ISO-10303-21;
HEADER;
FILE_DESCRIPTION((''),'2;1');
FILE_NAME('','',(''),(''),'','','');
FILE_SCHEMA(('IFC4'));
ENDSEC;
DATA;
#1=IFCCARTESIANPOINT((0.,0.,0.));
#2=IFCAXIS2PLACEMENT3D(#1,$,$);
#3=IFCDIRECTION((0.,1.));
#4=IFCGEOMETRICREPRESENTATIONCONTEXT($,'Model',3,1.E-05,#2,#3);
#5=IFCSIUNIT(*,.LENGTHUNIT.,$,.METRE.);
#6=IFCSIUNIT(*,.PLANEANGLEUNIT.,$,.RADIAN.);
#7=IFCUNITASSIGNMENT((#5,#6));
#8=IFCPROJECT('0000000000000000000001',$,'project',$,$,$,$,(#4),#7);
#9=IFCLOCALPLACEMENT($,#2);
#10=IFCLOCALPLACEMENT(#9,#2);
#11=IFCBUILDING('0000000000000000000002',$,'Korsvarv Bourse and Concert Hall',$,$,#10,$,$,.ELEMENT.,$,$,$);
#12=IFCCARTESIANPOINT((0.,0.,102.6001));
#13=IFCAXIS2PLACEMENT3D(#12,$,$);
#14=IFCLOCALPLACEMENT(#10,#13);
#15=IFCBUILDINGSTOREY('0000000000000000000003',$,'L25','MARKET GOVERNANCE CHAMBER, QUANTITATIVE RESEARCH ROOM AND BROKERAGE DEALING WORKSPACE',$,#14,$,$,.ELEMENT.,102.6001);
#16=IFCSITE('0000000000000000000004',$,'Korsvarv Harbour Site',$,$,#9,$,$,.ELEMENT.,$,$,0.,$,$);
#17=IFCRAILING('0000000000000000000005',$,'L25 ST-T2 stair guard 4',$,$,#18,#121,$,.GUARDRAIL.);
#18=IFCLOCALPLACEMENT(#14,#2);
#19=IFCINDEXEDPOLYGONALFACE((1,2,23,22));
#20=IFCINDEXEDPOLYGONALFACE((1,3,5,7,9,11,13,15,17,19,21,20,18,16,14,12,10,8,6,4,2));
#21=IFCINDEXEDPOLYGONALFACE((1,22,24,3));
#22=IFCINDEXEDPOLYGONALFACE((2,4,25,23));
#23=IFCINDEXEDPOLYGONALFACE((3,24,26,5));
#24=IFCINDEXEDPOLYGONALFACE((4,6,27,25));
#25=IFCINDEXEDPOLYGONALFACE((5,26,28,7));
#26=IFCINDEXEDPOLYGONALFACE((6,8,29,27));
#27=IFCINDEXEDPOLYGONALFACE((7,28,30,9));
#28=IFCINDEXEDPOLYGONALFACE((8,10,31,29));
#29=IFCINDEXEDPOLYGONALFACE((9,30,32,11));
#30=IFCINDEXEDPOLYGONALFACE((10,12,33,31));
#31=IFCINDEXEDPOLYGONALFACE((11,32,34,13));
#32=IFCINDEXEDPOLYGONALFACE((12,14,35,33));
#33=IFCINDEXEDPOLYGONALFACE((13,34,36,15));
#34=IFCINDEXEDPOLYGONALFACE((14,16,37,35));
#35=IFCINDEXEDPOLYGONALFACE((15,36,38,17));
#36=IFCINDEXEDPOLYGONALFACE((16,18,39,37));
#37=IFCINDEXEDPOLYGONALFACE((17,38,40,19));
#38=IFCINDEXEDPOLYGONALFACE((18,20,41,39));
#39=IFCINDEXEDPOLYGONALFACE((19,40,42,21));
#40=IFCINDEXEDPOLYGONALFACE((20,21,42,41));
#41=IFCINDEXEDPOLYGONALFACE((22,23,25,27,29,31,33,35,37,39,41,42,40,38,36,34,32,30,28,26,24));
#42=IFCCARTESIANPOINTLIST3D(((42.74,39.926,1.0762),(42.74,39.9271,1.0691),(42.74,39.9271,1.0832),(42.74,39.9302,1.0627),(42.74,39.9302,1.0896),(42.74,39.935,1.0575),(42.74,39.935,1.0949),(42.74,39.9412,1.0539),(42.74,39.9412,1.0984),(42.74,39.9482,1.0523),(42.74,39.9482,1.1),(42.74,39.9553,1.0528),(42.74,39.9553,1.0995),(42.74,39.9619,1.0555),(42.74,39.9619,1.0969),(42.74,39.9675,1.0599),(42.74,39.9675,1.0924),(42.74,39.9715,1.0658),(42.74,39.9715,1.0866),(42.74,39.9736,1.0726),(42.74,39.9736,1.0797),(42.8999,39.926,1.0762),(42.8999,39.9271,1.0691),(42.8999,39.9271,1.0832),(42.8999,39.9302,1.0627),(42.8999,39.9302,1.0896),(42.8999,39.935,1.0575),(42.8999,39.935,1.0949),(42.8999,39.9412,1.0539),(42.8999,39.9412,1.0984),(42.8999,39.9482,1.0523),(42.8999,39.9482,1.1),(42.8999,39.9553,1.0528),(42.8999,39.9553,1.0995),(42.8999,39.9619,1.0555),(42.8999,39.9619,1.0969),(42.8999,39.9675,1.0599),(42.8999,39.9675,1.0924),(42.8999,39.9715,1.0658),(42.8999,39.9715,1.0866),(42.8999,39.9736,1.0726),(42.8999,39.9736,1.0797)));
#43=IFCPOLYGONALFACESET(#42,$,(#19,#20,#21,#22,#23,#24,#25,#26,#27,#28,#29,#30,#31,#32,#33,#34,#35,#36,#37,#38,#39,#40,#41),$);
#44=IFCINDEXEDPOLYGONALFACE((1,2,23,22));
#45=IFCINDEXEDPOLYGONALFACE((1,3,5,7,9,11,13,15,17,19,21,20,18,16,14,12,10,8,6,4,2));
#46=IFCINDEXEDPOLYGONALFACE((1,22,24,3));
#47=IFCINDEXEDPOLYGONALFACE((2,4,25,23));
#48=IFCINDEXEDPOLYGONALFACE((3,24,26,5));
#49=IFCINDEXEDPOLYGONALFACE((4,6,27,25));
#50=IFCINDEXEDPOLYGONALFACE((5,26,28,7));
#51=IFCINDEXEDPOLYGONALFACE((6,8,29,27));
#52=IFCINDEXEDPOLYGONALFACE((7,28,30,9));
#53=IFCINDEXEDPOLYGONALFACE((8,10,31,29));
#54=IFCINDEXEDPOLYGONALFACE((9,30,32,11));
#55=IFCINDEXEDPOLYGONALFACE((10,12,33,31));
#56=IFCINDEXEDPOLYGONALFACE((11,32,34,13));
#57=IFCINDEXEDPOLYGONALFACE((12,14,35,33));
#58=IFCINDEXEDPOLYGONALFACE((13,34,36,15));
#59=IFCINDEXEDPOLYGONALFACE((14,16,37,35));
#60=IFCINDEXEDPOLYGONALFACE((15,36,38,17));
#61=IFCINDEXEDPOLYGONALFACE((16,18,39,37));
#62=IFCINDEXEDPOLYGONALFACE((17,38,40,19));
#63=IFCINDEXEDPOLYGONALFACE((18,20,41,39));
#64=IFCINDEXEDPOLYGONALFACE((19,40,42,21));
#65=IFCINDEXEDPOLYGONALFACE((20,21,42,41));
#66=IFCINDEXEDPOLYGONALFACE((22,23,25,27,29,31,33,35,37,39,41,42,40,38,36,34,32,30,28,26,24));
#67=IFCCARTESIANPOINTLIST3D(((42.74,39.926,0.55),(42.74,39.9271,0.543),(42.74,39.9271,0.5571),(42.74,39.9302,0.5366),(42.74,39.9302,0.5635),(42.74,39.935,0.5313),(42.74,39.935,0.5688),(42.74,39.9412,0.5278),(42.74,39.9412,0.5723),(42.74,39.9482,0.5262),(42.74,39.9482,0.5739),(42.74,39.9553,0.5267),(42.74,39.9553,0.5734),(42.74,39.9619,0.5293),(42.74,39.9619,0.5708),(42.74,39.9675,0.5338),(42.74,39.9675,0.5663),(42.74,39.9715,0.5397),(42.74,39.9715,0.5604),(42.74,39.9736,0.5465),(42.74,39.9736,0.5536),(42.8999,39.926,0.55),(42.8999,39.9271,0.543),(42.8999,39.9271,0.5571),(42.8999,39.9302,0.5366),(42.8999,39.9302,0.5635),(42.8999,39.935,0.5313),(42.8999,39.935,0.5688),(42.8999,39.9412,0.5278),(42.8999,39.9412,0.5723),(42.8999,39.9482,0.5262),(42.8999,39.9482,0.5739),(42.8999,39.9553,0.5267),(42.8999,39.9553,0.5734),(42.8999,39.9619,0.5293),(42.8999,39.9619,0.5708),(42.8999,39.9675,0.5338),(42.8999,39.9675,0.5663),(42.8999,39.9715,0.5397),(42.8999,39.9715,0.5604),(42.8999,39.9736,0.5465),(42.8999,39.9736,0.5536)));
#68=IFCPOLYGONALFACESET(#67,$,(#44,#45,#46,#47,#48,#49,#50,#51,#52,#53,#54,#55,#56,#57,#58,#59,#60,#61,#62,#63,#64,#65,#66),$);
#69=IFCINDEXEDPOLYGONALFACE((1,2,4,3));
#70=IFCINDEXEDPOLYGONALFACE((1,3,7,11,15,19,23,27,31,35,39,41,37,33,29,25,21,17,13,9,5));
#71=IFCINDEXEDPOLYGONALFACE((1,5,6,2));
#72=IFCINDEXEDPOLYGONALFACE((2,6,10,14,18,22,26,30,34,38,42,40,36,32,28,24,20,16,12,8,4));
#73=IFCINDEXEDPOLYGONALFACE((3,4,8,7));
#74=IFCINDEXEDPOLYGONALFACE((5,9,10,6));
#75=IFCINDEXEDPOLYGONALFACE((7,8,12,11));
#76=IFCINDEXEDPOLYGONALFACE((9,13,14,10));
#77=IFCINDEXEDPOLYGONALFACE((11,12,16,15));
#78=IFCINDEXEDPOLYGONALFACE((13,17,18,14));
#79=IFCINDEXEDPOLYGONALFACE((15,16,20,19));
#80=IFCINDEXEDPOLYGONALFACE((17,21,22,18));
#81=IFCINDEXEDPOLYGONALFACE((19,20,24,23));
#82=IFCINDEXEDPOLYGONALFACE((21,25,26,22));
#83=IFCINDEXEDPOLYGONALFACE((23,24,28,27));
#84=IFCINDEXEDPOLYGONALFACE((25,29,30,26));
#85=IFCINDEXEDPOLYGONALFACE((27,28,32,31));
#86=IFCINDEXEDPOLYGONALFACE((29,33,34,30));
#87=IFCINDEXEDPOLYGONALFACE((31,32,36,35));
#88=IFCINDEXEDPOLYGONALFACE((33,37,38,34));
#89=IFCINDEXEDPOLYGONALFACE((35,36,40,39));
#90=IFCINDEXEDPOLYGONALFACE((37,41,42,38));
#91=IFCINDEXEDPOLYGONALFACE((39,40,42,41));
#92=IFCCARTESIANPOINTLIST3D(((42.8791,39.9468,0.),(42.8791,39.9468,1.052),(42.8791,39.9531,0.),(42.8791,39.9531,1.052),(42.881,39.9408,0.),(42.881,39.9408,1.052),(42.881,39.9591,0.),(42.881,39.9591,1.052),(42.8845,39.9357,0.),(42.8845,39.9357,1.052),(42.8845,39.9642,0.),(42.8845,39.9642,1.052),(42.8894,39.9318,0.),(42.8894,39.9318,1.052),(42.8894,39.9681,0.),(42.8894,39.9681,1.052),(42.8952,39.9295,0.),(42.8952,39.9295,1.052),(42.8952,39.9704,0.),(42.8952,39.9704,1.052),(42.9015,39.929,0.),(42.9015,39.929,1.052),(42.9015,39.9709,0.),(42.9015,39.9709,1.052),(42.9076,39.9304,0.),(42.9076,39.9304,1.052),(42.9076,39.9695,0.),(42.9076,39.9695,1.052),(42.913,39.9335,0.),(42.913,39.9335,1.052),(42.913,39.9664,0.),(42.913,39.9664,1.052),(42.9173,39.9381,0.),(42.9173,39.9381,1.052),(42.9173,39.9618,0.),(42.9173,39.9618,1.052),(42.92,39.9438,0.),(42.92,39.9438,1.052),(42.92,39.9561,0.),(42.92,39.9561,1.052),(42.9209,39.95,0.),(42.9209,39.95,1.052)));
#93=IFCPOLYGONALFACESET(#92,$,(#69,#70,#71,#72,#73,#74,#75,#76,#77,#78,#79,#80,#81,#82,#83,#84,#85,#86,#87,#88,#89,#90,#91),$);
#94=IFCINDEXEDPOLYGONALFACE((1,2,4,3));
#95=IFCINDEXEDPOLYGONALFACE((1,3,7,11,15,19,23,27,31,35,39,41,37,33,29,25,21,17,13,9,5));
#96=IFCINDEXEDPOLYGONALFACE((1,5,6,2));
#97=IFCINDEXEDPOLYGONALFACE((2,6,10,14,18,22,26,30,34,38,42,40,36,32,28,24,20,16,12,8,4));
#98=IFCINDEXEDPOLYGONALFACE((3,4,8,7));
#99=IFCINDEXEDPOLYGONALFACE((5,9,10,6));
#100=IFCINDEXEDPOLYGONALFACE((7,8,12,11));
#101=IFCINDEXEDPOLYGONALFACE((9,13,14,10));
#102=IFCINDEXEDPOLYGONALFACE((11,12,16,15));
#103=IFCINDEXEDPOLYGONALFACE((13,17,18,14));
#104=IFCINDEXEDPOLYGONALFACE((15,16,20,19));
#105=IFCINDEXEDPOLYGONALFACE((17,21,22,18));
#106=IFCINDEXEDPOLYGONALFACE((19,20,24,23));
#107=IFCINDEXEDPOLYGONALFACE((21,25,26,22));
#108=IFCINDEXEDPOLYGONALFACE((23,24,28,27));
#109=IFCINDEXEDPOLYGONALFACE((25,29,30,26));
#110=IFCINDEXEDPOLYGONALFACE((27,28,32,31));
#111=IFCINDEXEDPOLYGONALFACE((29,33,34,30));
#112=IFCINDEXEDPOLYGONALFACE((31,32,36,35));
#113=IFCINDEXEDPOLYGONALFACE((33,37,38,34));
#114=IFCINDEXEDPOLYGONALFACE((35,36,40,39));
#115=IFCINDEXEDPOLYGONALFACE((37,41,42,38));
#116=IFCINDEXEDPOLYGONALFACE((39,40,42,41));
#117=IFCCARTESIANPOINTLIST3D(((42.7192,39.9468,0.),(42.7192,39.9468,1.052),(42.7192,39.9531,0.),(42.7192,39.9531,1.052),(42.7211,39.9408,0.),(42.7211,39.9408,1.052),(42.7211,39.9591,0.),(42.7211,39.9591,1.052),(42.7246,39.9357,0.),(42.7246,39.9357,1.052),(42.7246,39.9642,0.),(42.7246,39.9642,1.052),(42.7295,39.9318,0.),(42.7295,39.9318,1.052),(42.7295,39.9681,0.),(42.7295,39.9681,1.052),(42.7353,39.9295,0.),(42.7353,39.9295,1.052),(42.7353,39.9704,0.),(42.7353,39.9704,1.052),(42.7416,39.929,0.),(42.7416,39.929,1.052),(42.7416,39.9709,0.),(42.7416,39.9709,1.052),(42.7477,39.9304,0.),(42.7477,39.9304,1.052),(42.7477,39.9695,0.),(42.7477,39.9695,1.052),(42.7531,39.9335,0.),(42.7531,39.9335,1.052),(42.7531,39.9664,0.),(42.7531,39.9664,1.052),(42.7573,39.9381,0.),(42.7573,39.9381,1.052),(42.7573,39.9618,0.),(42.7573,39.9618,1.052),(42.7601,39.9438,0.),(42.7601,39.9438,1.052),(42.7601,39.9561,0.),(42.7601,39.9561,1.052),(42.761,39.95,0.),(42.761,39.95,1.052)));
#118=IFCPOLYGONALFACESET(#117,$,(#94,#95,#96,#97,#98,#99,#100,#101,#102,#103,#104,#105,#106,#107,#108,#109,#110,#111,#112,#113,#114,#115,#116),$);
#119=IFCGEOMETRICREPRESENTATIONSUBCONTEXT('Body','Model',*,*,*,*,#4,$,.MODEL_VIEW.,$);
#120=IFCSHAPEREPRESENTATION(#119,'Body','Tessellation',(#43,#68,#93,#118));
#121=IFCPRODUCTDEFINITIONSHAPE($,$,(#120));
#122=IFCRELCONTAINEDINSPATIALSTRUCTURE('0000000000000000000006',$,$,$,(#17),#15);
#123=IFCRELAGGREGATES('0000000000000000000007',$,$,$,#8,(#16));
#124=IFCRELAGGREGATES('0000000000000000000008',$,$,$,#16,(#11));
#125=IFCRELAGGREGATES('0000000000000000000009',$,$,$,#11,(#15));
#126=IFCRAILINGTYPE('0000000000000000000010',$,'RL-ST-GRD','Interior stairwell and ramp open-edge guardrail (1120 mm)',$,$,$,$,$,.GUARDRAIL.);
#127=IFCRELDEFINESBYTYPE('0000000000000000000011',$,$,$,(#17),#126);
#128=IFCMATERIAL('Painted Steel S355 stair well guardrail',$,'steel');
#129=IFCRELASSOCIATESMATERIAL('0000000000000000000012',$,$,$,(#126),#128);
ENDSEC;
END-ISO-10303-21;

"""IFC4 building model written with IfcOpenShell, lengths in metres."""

from ifc_helpers import new_model, si_unit, direction, frame, origin, origin_2d, place, context, subcontext, project, spatial, circle, extrude, material, type_object, element, save


model = new_model("IFC4")

# Units and contexts
model_context = context("Model", 3, precision=1e-05, world=origin(), true_north=direction((0.0, 1.0)))
body_context = subcontext(model_context, "Body", "Model", "MODEL_VIEW")
ifc_project = project(units=[si_unit("LENGTHUNIT", "METRE"), si_unit("PLANEANGLEUNIT", "RADIAN")], contexts=[model_context])

# Site, building, storey
site_placement = place(None, origin())
site = spatial("IfcSite", under=ifc_project, at=site_placement, Name="Korsvarv Harbour Site", CompositionType="ELEMENT", RefElevation=0.0)
building_placement = place(site_placement, origin())
building = spatial("IfcBuilding", under=site, at=building_placement, Name="Korsvarv Bourse and Concert Hall", CompositionType="ELEMENT")
storey_placement = place(building_placement, frame((0.0, 0.0, 102.6001)))
storey = spatial("IfcBuildingStorey", under=building, at=storey_placement, Name="L25", Description="MARKET GOVERNANCE CHAMBER, QUANTITATIVE RESEARCH ROOM AND BROKERAGE DEALING WORKSPACE", CompositionType="ELEMENT", Elevation=102.6001)

# Railing
ifc_material_1 = material(Name="Painted Steel S355 stair well guardrail", Category="steel")
railing_type_1 = type_object("IfcRailingType", Name="RL-ST-GRD", Description="Interior stairwell and ramp open-edge guardrail (1120 mm)", PredefinedType="GUARDRAIL", material=ifc_material_1)
for number, where, name in (
    (1, (42.8999, 39.95, 0.0), "L25 ST-T2 stair guard 4"),
):
    element("IfcRailing", number, at=place(storey_placement, frame(where)), inside=storey, type_object=railing_type_1, Name=name, PredefinedType="GUARDRAIL", context=body_context, shape_type="SweptSolid", body=[
        extrude(circle(Radius=0.0239, at=origin_2d()), frame((0.0, 0.0, 1.0762), z_axis=(-1.0, 0.0, 0.0), x_axis=(0.0, -1.0, 0.0)), (0.0, 0.0, 1.0), 0.1599),
        extrude(circle(Radius=0.0239, at=origin_2d()), frame((0.0, 0.0, 0.55), z_axis=(-1.0, 0.0, 0.0), x_axis=(0.0, -1.0, 0.0)), (0.0, 0.0, 1.0), 0.1599),
        extrude(circle(Radius=0.021, at=origin_2d()), origin(), (0.0, 0.0, 1.0), 1.052),
        extrude(circle(Radius=0.021, at=origin_2d()), frame((-0.1599, 0.0, 0.0)), (0.0, 0.0, 1.0), 1.052),
    ])

save(model, "model.ifc")
